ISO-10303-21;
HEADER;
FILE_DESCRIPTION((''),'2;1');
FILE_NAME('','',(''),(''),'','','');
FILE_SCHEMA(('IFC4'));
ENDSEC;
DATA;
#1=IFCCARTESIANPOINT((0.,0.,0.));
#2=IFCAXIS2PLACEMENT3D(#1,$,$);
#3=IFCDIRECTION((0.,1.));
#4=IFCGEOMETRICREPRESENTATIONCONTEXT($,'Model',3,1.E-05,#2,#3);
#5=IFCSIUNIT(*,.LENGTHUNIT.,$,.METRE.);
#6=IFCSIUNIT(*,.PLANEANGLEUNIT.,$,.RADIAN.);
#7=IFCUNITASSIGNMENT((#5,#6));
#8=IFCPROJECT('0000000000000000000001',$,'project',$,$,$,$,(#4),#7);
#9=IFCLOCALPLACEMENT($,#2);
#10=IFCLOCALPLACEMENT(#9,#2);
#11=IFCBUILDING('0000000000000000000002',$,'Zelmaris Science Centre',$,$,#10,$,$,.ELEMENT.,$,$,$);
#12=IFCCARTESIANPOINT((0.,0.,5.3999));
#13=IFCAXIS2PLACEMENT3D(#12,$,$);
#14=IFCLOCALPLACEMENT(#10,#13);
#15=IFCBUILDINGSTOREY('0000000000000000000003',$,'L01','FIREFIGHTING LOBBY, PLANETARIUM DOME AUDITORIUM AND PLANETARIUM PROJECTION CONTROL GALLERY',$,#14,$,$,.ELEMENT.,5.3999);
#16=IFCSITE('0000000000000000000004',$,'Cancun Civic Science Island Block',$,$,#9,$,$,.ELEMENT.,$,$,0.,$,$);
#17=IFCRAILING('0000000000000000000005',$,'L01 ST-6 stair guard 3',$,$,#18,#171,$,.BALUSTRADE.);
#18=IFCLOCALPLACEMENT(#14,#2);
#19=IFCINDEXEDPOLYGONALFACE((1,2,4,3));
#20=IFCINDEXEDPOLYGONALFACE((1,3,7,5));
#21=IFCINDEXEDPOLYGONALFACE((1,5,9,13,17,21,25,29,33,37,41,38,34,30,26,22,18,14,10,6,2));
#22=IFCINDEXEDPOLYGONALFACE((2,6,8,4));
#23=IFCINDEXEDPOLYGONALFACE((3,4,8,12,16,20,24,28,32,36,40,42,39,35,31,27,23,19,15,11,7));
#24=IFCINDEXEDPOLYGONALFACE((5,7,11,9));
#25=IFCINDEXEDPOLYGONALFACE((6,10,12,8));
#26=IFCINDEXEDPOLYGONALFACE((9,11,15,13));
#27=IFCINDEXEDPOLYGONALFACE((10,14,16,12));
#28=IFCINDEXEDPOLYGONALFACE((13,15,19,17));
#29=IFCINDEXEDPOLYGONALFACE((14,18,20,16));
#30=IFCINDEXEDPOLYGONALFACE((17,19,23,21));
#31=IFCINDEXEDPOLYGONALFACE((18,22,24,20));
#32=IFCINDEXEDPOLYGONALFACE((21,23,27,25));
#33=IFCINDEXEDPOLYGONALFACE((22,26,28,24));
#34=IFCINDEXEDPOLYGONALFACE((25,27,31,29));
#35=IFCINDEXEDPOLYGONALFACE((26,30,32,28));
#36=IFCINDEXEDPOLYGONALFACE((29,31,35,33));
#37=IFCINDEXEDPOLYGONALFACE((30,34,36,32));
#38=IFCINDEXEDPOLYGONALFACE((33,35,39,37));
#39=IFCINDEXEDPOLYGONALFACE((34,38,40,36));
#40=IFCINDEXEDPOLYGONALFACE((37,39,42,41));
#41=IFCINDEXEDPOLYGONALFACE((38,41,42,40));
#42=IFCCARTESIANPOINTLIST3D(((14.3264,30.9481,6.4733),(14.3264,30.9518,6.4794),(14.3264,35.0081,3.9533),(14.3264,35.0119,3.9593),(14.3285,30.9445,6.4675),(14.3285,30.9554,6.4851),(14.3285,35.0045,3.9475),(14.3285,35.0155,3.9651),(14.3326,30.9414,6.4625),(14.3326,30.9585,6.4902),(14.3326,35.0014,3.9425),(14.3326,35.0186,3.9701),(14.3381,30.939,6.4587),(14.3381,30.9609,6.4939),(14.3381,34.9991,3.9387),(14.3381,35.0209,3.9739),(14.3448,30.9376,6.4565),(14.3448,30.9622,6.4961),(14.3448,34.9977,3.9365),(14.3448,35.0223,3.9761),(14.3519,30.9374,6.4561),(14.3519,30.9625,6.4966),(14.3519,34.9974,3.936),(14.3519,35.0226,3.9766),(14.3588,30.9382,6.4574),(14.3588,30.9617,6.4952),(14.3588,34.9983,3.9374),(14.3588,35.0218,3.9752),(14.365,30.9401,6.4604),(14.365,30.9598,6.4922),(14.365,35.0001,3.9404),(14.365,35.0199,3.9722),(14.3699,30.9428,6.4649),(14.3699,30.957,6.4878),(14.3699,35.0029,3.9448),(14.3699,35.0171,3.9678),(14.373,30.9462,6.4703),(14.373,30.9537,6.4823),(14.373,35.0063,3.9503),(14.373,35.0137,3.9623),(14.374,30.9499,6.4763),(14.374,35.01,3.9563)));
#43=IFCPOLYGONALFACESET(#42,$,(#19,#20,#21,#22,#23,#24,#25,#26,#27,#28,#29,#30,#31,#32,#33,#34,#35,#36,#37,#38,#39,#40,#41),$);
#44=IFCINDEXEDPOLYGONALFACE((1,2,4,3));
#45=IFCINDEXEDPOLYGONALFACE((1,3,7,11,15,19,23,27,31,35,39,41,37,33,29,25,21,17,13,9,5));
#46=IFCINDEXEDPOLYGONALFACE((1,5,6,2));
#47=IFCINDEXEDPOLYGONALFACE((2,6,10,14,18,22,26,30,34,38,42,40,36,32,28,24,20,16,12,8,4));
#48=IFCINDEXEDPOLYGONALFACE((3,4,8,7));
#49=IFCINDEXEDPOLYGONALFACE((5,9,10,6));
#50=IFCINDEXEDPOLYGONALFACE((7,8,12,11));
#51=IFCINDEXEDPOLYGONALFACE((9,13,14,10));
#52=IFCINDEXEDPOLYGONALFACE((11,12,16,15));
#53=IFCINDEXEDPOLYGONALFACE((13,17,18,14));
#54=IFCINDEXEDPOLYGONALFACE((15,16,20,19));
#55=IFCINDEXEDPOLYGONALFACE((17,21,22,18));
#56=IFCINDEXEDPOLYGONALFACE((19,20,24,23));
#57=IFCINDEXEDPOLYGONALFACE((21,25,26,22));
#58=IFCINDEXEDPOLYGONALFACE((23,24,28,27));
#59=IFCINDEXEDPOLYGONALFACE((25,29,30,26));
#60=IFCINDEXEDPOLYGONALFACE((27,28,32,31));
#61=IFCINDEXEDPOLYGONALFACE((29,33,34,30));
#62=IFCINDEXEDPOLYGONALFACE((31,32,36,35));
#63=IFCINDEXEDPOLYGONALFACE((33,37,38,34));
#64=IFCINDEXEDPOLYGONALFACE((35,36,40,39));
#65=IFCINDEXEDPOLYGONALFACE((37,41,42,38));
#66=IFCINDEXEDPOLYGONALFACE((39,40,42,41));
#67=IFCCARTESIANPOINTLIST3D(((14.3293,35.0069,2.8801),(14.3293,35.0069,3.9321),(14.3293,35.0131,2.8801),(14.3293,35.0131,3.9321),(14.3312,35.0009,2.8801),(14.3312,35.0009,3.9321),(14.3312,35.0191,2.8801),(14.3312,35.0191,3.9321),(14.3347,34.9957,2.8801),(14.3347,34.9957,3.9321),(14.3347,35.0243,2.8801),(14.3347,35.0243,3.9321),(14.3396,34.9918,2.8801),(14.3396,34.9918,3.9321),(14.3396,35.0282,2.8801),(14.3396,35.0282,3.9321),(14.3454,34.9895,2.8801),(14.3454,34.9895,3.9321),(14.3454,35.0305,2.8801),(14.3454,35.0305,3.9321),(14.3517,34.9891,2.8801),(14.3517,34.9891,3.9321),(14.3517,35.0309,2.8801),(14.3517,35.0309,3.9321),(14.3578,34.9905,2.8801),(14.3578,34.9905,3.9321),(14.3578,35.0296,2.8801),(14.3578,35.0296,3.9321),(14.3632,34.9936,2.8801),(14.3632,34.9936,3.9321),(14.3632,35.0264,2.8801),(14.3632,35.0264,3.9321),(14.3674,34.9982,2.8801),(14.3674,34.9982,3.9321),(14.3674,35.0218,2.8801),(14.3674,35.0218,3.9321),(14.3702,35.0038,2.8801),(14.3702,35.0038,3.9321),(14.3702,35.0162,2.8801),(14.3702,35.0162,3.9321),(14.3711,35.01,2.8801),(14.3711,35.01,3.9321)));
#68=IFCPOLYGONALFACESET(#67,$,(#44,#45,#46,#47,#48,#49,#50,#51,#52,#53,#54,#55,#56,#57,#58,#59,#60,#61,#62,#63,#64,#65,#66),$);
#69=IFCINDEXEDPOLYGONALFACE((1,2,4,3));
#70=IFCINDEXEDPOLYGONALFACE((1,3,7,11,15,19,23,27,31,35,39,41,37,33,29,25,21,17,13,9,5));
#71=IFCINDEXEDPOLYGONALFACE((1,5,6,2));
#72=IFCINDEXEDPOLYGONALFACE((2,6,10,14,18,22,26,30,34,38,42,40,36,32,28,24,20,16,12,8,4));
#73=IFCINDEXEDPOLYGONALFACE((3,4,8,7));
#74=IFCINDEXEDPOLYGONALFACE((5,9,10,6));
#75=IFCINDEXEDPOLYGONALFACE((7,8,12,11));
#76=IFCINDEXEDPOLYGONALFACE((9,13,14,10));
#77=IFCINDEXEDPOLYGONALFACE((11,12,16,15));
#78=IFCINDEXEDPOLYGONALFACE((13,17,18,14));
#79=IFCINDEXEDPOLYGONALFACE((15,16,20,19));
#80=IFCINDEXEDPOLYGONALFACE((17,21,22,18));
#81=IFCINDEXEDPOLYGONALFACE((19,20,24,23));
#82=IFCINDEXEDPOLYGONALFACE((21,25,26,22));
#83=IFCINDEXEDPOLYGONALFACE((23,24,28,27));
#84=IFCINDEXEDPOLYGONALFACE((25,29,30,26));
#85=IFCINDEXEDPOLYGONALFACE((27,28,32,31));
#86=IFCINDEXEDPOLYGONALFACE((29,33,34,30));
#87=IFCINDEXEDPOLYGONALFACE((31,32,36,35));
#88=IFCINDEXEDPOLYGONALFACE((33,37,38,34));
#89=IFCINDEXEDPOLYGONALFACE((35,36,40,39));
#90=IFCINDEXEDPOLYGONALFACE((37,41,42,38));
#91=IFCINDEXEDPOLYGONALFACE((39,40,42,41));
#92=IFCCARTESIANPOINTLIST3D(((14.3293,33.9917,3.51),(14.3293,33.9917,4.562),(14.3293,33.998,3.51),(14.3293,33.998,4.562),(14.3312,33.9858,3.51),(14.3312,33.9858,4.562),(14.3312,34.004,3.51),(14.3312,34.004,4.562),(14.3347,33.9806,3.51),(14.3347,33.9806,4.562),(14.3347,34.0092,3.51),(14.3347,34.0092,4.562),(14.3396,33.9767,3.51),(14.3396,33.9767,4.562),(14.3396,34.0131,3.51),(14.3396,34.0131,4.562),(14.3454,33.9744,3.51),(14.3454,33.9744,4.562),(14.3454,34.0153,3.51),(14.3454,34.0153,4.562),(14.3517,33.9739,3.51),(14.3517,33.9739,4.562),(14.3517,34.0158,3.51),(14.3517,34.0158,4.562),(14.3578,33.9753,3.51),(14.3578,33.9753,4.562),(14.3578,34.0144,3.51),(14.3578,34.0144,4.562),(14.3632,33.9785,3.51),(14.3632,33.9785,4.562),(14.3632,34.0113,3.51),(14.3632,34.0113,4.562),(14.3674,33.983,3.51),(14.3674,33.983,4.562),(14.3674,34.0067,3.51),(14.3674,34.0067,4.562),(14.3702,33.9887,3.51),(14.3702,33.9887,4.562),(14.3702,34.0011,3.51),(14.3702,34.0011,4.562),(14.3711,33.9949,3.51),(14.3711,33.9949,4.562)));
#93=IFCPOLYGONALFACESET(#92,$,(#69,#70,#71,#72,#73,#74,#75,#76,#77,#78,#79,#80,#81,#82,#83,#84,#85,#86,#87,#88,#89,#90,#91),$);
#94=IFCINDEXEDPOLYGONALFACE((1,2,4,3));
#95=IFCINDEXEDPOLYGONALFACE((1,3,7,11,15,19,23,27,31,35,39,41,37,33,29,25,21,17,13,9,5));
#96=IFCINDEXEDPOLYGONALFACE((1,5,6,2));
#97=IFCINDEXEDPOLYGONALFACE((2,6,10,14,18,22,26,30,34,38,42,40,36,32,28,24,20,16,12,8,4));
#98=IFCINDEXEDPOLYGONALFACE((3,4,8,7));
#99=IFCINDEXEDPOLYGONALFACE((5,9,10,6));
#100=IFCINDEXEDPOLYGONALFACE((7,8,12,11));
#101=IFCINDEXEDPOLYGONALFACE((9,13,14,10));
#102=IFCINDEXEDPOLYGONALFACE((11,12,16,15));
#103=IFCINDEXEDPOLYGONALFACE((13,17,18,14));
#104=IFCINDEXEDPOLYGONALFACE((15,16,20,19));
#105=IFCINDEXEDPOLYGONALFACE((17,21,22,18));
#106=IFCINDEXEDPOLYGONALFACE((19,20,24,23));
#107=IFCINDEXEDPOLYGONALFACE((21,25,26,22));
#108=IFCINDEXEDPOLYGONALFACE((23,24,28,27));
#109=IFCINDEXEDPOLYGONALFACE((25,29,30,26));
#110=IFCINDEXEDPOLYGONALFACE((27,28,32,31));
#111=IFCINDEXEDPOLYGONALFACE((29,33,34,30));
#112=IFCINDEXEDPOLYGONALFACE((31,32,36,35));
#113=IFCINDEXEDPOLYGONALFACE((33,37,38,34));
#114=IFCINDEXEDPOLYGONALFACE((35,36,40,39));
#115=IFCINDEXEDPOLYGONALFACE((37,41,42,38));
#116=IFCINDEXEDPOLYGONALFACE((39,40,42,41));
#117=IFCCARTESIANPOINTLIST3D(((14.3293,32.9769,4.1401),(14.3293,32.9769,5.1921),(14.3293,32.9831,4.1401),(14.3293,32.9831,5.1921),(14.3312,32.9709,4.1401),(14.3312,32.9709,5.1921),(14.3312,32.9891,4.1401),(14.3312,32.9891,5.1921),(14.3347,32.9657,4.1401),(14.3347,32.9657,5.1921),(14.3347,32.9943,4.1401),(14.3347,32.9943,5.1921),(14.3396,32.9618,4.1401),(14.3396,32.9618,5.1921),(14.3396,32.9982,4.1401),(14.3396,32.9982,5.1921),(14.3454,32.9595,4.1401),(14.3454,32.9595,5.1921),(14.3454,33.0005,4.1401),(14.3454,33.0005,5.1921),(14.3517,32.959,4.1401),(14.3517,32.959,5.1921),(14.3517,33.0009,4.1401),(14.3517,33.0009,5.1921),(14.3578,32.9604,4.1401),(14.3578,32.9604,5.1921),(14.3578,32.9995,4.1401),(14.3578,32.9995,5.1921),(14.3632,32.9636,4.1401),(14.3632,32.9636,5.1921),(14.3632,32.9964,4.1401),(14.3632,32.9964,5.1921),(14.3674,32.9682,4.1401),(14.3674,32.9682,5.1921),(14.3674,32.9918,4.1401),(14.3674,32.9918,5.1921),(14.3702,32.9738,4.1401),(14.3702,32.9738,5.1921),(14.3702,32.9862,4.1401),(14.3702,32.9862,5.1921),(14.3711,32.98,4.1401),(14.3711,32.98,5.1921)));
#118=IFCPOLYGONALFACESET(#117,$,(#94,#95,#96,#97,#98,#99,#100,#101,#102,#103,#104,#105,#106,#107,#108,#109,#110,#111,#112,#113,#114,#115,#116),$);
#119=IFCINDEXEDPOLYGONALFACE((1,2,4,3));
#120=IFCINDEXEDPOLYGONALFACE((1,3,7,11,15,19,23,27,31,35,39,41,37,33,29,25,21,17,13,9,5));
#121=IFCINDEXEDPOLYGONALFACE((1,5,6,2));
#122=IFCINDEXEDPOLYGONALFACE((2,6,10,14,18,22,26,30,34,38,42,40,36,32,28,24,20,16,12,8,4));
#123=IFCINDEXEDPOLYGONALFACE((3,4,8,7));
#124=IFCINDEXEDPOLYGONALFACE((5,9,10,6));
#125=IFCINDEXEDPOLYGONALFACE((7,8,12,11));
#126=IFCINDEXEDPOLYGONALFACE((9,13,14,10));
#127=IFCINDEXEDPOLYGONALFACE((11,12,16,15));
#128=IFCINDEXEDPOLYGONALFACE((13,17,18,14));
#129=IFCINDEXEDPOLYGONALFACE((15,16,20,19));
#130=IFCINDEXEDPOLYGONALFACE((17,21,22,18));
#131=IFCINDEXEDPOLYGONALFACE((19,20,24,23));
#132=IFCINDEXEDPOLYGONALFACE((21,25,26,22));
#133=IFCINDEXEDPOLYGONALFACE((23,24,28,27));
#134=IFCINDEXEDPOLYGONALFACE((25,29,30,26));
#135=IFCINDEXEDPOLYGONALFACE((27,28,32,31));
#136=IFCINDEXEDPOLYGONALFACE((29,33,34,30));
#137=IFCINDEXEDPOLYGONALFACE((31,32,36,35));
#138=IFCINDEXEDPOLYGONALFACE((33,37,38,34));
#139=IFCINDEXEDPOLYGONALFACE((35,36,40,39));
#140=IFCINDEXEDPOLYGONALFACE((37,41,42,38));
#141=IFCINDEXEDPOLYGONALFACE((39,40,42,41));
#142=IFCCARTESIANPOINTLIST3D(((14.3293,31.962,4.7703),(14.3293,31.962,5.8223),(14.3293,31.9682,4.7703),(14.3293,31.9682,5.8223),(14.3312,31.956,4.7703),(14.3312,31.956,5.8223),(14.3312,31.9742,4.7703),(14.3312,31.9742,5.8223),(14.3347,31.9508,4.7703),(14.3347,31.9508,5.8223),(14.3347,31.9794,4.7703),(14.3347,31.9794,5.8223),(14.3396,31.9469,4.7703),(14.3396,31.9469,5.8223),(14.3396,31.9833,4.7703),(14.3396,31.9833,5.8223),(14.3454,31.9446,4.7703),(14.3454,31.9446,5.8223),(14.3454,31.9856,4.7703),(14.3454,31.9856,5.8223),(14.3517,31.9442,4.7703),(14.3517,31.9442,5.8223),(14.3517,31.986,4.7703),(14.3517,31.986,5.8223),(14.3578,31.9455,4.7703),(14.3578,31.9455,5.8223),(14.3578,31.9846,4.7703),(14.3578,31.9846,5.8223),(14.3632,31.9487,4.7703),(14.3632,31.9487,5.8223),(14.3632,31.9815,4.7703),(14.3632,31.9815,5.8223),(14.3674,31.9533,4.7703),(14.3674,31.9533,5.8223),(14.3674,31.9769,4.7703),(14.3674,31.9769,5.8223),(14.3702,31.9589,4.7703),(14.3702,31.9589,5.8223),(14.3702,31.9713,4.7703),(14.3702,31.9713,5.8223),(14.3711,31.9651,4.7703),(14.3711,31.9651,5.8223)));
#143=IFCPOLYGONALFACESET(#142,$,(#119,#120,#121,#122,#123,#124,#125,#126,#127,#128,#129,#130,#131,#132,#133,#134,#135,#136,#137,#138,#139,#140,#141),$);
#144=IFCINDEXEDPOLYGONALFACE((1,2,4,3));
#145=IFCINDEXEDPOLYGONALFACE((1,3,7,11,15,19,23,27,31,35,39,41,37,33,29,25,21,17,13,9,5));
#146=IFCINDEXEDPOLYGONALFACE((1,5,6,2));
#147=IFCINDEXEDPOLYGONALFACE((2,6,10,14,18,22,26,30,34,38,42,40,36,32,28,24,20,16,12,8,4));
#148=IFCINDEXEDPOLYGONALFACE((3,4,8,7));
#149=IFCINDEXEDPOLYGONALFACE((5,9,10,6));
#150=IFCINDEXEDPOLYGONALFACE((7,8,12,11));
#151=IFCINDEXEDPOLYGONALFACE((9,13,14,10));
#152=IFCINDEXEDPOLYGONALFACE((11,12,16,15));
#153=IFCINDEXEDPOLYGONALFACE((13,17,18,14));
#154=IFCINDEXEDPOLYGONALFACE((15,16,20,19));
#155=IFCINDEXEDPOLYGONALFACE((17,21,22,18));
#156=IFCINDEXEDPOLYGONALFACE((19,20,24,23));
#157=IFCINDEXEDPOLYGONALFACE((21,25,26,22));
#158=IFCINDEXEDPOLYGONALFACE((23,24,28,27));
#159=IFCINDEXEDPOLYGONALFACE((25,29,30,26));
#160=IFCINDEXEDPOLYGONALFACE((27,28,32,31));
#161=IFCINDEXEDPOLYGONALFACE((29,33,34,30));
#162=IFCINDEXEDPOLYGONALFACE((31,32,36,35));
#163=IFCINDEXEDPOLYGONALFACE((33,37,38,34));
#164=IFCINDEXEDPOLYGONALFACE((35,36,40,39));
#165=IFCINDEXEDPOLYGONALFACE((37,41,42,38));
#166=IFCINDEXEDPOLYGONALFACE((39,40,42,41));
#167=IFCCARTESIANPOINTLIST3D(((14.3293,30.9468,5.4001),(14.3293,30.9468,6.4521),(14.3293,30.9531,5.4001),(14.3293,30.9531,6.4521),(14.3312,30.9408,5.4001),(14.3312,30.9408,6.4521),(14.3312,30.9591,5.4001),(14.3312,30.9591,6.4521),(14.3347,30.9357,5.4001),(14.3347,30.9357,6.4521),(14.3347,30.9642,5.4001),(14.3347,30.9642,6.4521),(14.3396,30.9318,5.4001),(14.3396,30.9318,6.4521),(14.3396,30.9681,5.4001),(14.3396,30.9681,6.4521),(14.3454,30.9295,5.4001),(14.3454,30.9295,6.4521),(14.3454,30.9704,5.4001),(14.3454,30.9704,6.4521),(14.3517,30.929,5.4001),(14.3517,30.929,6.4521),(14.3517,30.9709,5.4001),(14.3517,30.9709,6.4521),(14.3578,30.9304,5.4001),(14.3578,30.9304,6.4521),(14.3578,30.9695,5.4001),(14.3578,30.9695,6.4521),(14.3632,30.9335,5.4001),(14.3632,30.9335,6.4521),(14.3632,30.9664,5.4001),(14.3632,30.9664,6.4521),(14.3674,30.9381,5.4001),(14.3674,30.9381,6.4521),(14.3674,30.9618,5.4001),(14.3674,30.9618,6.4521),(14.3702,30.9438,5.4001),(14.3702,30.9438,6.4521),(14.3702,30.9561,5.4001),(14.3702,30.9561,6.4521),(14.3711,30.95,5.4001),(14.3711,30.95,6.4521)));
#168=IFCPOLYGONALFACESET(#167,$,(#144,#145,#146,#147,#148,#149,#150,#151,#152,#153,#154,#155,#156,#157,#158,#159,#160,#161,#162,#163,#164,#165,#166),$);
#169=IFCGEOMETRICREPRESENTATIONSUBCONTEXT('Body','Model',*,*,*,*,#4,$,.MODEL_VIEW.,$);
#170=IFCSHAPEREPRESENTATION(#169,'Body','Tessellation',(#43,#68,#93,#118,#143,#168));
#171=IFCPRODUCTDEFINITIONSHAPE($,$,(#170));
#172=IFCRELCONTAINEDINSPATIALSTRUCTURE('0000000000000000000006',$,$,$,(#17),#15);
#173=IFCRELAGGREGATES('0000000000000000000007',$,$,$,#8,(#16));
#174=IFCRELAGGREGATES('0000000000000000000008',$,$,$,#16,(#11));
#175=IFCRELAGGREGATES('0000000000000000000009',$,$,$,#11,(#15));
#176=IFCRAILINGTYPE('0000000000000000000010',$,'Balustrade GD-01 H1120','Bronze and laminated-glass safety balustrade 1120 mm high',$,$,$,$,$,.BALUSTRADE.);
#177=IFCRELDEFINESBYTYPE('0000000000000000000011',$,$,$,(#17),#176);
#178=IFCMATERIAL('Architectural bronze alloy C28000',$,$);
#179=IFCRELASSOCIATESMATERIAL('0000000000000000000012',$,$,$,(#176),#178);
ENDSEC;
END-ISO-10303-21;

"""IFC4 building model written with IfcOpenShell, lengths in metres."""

from ifc_helpers import new_model, si_unit, direction, frame, origin, origin_2d, place, context, subcontext, project, spatial, circle, extrude, material, type_object, element, save


model = new_model("IFC4")

# Units and contexts
model_context = context("Model", 3, precision=1e-05, world=origin(), true_north=direction((0.0, 1.0)))
body_context = subcontext(model_context, "Body", "Model", "MODEL_VIEW")
ifc_project = project(units=[si_unit("LENGTHUNIT", "METRE"), si_unit("PLANEANGLEUNIT", "RADIAN")], contexts=[model_context])

# Site, building, storey
site_placement = place(None, origin())
site = spatial("IfcSite", under=ifc_project, at=site_placement, Name="Cancun Civic Science Island Block", CompositionType="ELEMENT", RefElevation=0.0)
building_placement = place(site_placement, origin())
building = spatial("IfcBuilding", under=site, at=building_placement, Name="Zelmaris Science Centre", CompositionType="ELEMENT")
storey_placement = place(building_placement, frame((0.0, 0.0, 5.3999)))
storey = spatial("IfcBuildingStorey", under=building, at=storey_placement, Name="L01", Description="FIREFIGHTING LOBBY, PLANETARIUM DOME AUDITORIUM AND PLANETARIUM PROJECTION CONTROL GALLERY", CompositionType="ELEMENT", Elevation=5.3999)

# Railing
ifc_material_1 = material(Name="Architectural bronze alloy C28000")
railing_type_1 = type_object("IfcRailingType", Name="Balustrade GD-01 H1120", Description="Bronze and laminated-glass safety balustrade 1120 mm high", PredefinedType="BALUSTRADE", material=ifc_material_1)
railing_1_placement = place(storey_placement, frame((14.3501, 35.01, 2.8801)))
element("IfcRailing", 1, at=railing_1_placement, inside=storey, type_object=railing_type_1, Name="L01 ST-6 stair guard 3", PredefinedType="BALUSTRADE", context=body_context, shape_type="SweptSolid", body=[
    extrude(circle(Radius=0.0239, at=origin_2d()), frame((0.0, 0.0, 1.0762), z_axis=(0.0, -0.849642, 0.52736), x_axis=(1.0, 0.0, 0.0)), (0.0, 0.0, 1.0), 4.7786),
    extrude(circle(Radius=0.021, at=origin_2d()), origin(), (0.0, 0.0, 1.0), 1.052),
    extrude(circle(Radius=0.021, at=origin_2d()), frame((0.0, -1.0151, 0.6299)), (0.0, 0.0, 1.0), 1.052),
    extrude(circle(Radius=0.021, at=origin_2d()), frame((0.0, -2.03, 1.26)), (0.0, 0.0, 1.0), 1.052),
    extrude(circle(Radius=0.021, at=origin_2d()), frame((0.0, -3.0449, 1.8901)), (0.0, 0.0, 1.0), 1.052),
    extrude(circle(Radius=0.021, at=origin_2d()), frame((0.0, -4.0601, 2.52)), (0.0, 0.0, 1.0), 1.052),
])

save(model, "model.ifc")
